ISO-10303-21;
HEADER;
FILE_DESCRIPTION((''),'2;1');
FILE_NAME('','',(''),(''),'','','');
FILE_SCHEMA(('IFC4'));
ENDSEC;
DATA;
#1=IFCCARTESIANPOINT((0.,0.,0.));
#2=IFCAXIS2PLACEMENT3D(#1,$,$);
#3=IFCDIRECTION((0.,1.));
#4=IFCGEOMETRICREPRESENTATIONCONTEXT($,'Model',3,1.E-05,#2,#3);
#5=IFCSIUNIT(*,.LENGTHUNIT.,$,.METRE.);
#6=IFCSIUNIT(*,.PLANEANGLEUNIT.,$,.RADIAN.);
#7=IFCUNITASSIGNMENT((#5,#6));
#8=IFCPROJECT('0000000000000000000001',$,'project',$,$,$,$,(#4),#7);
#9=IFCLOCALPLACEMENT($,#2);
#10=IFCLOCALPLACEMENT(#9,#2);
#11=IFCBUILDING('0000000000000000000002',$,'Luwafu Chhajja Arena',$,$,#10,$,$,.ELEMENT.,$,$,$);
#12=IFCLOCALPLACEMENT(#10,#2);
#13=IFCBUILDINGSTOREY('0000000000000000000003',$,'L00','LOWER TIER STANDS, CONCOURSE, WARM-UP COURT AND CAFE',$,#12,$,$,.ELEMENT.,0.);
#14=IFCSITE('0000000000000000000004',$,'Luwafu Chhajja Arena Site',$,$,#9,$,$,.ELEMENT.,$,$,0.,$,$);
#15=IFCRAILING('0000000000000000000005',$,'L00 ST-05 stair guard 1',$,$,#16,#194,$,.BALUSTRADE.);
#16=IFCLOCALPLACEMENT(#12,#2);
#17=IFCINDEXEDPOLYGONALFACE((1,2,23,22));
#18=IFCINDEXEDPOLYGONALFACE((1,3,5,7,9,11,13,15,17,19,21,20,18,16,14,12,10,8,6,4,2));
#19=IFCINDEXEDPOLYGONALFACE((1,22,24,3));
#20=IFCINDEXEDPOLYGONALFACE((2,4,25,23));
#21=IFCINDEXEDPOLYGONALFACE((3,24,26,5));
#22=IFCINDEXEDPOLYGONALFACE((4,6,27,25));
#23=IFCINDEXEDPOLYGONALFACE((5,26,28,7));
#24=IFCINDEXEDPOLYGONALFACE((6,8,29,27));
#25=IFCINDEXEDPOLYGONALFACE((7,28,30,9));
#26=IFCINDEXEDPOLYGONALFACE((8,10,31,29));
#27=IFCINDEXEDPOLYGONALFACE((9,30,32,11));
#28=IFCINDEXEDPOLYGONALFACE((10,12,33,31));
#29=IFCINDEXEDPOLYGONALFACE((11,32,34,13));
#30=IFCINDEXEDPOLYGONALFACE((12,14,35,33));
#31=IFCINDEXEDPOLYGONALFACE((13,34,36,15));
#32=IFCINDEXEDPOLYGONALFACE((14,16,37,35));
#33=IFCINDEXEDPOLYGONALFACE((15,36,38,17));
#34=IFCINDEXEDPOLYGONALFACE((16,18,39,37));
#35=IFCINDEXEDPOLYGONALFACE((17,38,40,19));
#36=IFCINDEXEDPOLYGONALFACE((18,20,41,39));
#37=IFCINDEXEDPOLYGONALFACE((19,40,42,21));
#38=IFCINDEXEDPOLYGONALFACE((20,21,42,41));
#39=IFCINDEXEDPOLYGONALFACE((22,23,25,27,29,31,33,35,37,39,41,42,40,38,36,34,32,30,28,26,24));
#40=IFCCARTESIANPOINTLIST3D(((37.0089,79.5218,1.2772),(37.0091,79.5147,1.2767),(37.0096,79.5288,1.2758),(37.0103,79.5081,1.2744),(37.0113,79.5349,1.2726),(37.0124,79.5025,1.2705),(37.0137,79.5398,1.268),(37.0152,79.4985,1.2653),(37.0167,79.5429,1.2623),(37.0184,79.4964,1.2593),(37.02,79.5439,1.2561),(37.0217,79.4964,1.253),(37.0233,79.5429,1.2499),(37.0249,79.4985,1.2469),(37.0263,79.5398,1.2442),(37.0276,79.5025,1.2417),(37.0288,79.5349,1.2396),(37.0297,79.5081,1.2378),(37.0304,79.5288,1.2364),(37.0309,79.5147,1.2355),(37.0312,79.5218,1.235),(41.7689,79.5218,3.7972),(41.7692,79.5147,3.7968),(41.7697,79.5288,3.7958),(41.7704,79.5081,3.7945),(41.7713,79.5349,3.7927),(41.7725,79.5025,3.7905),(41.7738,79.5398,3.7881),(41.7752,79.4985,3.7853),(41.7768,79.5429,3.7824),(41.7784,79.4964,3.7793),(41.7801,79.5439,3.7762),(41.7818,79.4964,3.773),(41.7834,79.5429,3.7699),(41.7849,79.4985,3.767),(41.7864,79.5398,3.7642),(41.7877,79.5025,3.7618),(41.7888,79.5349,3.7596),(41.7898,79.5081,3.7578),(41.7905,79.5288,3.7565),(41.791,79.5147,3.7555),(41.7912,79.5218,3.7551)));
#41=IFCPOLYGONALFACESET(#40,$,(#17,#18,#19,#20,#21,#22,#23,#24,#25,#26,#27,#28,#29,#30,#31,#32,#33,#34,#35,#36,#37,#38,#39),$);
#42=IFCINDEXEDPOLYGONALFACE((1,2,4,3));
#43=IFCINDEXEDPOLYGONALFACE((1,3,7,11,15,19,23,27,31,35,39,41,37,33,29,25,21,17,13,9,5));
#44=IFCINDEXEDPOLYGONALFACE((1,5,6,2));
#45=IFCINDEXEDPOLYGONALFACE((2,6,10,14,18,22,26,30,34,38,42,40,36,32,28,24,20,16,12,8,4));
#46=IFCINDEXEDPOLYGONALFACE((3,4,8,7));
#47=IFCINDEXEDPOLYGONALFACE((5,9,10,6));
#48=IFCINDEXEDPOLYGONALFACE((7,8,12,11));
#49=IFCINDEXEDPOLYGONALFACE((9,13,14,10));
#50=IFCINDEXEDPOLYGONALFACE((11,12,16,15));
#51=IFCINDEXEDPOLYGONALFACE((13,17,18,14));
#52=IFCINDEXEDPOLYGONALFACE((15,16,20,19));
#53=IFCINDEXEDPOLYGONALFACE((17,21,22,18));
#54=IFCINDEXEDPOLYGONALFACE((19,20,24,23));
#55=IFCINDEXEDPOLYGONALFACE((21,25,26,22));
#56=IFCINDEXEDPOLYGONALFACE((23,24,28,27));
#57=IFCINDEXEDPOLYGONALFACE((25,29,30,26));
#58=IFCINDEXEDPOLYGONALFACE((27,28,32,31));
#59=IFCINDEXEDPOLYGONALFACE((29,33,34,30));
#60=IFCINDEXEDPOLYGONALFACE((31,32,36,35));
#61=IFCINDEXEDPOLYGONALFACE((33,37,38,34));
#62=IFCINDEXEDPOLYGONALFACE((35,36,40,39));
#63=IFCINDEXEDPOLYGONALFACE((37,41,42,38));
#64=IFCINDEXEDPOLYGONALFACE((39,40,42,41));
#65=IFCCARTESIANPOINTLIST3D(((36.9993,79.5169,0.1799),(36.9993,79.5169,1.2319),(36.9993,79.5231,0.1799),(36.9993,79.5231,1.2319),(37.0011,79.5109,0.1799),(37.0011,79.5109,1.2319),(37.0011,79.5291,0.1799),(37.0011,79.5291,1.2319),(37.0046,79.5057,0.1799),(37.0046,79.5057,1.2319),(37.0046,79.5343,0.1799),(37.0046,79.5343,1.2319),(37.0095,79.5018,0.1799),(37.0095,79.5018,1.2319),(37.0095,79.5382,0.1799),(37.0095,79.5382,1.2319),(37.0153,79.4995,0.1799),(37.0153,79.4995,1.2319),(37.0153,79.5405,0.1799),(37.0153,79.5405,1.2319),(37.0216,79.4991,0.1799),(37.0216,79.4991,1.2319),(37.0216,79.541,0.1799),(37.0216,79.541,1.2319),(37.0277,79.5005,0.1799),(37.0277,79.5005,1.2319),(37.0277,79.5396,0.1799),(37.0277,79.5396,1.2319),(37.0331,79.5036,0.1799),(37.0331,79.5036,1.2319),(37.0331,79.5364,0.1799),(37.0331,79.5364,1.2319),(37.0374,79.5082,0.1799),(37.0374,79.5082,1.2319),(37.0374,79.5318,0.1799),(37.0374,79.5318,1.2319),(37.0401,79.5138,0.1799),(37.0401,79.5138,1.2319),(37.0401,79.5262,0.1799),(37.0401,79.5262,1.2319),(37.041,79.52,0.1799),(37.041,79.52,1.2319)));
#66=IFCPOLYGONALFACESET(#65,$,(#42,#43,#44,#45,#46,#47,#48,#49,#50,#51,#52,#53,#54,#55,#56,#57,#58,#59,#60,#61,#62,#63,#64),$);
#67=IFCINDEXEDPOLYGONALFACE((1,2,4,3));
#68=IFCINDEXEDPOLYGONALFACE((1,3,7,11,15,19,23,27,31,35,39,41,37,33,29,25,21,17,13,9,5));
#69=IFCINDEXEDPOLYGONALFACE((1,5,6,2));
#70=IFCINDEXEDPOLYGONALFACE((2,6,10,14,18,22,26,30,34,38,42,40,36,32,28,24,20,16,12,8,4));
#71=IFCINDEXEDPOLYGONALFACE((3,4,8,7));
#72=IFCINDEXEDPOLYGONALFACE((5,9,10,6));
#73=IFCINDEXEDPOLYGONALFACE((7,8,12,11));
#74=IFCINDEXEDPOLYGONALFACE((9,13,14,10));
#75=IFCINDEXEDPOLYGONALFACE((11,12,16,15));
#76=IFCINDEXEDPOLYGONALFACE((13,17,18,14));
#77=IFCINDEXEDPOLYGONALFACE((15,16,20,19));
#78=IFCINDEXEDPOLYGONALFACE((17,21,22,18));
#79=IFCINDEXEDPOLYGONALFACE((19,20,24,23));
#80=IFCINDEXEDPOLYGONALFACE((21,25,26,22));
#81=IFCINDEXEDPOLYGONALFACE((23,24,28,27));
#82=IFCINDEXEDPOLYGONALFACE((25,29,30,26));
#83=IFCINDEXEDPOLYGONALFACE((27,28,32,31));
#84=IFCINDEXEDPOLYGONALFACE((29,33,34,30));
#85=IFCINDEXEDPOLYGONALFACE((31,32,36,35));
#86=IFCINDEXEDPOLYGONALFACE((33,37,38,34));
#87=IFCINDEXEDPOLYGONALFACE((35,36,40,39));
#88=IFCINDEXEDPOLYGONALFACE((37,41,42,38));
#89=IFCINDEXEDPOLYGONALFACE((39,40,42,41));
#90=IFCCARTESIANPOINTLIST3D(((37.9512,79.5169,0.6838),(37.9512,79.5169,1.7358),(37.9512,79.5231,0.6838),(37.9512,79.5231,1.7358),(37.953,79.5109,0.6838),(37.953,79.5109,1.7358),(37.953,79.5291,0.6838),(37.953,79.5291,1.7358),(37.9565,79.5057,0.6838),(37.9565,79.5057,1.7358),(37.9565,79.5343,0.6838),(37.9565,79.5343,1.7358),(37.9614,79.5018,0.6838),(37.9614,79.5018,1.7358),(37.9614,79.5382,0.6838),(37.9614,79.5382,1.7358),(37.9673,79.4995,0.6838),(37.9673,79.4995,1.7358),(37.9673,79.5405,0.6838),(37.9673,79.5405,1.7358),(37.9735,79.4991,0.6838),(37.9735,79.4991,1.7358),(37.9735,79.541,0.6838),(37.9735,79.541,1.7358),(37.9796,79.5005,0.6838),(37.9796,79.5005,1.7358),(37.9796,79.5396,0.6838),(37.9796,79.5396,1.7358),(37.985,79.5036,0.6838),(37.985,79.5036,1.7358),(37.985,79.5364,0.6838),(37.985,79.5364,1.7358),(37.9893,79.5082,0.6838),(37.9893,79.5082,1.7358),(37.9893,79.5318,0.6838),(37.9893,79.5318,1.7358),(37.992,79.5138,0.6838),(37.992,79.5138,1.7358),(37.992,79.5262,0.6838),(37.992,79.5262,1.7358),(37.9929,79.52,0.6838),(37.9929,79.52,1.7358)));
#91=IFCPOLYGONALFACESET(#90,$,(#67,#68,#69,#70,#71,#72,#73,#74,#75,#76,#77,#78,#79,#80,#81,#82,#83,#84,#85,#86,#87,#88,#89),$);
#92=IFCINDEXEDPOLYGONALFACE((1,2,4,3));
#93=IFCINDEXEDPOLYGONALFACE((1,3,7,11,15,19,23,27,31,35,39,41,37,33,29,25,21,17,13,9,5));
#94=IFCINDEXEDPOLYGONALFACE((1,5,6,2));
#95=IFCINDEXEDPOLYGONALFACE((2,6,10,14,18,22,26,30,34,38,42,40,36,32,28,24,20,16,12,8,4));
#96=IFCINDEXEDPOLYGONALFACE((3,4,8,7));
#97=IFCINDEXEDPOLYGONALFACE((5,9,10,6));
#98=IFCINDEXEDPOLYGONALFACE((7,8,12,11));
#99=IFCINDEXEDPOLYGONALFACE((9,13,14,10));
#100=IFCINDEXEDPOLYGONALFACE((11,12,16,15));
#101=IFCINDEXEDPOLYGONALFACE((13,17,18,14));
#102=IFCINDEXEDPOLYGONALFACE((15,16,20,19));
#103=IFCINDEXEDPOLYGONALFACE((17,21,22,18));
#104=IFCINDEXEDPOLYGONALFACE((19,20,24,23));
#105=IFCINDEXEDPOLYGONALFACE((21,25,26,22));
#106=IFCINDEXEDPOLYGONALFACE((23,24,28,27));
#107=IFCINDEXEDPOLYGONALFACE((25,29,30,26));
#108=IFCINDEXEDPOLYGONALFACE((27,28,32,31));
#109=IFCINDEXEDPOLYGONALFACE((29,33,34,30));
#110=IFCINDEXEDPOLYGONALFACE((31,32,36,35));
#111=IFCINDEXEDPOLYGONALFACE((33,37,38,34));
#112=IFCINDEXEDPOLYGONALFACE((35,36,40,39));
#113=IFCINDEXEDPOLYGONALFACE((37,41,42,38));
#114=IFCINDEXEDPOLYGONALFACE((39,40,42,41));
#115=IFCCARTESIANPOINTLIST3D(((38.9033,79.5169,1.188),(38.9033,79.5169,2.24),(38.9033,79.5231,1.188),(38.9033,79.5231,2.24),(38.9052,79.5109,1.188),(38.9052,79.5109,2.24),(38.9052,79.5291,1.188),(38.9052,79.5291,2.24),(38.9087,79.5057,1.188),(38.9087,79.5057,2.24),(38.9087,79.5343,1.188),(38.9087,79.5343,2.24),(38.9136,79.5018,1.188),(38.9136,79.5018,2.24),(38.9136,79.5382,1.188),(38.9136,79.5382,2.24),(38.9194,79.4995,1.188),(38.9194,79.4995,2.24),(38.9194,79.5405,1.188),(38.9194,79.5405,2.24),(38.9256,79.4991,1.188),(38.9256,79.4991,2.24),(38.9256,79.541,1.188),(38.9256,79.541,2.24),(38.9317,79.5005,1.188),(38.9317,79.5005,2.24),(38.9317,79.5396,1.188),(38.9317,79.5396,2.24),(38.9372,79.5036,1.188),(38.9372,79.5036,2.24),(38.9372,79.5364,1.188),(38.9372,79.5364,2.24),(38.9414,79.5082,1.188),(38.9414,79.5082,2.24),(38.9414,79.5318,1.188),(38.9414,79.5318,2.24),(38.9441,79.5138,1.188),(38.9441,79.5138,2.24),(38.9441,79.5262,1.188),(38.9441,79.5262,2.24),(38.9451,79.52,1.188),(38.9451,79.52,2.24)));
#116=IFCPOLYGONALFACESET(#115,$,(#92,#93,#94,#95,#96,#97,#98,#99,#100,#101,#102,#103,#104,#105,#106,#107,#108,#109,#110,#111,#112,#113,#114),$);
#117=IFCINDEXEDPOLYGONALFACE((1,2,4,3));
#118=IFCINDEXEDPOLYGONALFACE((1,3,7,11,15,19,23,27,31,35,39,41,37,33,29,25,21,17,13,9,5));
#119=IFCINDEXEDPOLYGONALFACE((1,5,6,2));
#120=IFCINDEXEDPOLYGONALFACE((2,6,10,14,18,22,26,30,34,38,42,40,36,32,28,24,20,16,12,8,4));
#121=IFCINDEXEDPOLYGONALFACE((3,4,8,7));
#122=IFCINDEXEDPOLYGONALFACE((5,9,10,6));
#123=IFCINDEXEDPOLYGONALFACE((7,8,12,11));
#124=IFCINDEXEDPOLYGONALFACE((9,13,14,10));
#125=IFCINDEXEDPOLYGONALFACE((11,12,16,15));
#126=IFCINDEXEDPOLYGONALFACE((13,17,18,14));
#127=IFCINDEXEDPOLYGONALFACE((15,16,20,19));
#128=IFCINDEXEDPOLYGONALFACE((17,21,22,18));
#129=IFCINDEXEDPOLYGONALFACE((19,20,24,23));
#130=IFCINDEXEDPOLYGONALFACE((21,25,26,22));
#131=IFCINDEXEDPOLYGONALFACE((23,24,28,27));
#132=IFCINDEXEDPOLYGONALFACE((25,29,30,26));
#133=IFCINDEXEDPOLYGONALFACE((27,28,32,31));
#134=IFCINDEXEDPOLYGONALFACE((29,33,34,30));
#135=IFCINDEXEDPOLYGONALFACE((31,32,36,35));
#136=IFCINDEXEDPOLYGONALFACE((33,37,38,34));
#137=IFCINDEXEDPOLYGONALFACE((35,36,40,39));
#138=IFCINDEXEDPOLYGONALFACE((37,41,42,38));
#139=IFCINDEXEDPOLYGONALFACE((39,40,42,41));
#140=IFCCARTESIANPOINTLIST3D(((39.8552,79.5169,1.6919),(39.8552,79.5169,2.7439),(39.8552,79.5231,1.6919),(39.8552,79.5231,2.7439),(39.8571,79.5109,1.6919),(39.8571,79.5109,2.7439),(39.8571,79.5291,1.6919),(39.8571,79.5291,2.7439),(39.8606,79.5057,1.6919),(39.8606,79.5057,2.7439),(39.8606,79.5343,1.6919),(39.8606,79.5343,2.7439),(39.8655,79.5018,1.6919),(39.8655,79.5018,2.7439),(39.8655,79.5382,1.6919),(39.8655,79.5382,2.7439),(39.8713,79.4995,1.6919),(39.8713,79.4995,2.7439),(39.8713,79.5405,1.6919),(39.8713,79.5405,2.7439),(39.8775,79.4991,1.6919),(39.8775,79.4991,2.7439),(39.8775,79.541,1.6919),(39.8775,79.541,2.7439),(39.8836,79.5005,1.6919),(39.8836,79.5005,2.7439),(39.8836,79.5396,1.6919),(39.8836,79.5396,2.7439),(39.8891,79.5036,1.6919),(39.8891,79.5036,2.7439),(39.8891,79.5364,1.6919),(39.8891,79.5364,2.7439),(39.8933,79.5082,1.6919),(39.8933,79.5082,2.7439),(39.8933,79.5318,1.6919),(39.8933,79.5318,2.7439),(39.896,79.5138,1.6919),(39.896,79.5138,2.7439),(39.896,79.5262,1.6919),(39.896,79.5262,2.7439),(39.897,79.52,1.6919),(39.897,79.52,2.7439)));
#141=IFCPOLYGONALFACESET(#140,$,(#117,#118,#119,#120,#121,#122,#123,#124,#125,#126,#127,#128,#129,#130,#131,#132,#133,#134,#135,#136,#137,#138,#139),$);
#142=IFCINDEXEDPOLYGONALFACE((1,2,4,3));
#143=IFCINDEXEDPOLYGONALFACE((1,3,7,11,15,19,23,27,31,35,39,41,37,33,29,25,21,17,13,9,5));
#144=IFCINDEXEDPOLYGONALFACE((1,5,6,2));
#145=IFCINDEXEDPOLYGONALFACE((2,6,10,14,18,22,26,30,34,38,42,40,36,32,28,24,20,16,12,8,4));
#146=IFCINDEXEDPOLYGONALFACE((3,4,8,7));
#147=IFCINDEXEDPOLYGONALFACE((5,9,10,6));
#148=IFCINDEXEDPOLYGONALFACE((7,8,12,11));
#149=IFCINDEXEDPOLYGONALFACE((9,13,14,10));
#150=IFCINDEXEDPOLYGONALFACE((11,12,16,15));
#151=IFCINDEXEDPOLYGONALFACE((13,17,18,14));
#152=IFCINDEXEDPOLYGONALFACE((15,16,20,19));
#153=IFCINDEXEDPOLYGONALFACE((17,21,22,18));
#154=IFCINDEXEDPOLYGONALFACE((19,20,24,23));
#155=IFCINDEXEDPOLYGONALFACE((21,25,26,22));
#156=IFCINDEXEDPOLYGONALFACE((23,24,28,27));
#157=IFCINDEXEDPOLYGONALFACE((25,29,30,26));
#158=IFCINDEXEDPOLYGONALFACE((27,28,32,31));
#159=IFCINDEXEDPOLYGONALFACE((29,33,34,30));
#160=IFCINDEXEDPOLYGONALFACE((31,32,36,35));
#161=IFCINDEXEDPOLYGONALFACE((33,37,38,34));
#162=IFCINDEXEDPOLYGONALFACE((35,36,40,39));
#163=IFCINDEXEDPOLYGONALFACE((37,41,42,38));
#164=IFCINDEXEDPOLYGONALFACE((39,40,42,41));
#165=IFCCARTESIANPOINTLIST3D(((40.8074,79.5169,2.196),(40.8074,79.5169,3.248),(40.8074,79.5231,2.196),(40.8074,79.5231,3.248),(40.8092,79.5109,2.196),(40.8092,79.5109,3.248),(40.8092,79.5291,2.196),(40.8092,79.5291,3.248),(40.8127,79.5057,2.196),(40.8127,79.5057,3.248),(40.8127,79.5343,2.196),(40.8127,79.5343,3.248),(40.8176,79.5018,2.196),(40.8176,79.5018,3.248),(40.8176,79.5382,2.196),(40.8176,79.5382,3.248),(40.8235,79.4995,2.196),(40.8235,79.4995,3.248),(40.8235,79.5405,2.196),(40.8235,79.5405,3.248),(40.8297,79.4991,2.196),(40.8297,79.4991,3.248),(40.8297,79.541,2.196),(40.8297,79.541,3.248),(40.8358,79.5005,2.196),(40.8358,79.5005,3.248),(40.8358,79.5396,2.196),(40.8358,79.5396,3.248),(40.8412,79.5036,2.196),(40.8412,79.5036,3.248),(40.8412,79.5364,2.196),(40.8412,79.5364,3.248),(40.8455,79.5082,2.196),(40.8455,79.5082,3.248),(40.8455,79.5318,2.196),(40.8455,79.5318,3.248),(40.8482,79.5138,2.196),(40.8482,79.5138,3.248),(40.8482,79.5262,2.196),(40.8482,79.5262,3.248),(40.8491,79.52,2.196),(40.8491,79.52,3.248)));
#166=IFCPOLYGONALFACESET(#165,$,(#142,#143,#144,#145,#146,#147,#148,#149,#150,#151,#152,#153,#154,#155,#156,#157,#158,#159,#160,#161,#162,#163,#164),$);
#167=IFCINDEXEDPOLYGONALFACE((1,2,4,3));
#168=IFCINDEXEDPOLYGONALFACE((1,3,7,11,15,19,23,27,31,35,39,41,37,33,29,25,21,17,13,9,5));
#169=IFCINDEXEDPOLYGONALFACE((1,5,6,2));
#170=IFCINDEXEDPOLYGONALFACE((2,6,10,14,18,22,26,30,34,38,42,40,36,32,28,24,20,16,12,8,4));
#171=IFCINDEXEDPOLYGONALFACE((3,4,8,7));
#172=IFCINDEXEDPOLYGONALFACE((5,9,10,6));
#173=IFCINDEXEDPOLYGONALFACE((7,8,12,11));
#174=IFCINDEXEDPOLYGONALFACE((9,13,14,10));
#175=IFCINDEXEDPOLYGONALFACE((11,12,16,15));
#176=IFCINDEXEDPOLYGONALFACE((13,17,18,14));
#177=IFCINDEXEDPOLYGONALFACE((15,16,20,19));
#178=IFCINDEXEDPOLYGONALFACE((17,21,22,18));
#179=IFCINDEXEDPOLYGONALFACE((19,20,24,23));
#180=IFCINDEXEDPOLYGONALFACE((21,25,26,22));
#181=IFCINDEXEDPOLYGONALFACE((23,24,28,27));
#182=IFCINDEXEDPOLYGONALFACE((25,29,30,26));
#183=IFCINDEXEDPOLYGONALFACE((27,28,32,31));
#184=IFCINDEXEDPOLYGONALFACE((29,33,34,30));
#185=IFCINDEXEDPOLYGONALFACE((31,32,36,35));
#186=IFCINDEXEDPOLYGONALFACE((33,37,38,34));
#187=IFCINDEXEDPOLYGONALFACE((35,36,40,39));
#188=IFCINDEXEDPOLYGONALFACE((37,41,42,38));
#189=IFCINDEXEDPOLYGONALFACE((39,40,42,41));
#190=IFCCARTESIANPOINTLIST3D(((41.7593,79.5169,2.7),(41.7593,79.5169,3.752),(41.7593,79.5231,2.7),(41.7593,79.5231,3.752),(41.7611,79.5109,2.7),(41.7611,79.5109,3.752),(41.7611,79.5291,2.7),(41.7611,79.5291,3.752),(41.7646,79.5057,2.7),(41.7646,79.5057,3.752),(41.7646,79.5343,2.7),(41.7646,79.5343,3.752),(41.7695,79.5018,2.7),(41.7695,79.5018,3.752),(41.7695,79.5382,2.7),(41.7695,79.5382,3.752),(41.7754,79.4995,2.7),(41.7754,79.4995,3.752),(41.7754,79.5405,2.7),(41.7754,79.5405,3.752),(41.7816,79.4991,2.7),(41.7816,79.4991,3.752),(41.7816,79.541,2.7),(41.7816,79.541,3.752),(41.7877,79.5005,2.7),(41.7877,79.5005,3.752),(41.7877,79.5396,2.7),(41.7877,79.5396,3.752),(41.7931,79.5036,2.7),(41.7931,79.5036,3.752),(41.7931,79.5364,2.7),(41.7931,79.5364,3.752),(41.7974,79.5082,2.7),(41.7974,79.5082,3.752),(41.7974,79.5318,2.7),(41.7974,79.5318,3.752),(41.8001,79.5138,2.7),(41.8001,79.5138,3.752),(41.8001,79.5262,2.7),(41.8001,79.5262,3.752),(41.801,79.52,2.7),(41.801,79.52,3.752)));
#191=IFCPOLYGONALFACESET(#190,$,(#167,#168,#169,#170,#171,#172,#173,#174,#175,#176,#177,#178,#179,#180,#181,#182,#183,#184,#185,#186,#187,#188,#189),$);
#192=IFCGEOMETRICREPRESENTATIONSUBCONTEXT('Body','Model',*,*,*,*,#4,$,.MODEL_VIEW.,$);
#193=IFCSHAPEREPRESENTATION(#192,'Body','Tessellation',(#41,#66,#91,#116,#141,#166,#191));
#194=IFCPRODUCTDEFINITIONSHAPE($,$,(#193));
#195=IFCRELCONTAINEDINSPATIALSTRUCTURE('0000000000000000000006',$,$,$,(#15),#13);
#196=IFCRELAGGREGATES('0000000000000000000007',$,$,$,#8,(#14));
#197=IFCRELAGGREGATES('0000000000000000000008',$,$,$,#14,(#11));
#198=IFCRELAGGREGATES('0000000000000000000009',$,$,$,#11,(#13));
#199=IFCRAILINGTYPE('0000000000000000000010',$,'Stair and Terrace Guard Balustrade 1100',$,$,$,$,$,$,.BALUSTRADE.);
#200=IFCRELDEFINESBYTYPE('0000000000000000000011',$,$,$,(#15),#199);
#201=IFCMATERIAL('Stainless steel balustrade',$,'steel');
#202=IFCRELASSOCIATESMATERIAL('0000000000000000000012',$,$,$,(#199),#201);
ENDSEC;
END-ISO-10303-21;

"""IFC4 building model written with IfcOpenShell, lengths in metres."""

from ifc_helpers import new_model, si_unit, direction, frame, origin, origin_2d, place, context, subcontext, project, spatial, circle, extrude, material, type_object, element, save


model = new_model("IFC4")

# Units and contexts
model_context = context("Model", 3, precision=1e-05, world=origin(), true_north=direction((0.0, 1.0)))
body_context = subcontext(model_context, "Body", "Model", "MODEL_VIEW")
ifc_project = project(units=[si_unit("LENGTHUNIT", "METRE"), si_unit("PLANEANGLEUNIT", "RADIAN")], contexts=[model_context])

# Site, building, storey
site_placement = place(None, origin())
site = spatial("IfcSite", under=ifc_project, at=site_placement, Name="Luwafu Chhajja Arena Site", CompositionType="ELEMENT", RefElevation=0.0)
building_placement = place(site_placement, origin())
building = spatial("IfcBuilding", under=site, at=building_placement, Name="Luwafu Chhajja Arena", CompositionType="ELEMENT")
storey_placement = place(building_placement, origin())
storey = spatial("IfcBuildingStorey", under=building, at=storey_placement, Name="L00", Description="LOWER TIER STANDS, CONCOURSE, WARM-UP COURT AND CAFE", CompositionType="ELEMENT", Elevation=0.0)

# Railing
ifc_material_1 = material(Name="Stainless steel balustrade", Category="steel")
railing_type_1 = type_object("IfcRailingType", Name="Stair and Terrace Guard Balustrade 1100", PredefinedType="BALUSTRADE", material=ifc_material_1)
railing_1_placement = place(storey_placement, frame((37.02, 79.52, 0.1799)))
element("IfcRailing", 1, at=railing_1_placement, inside=storey, type_object=railing_type_1, Name="L00 ST-05 stair guard 1", PredefinedType="BALUSTRADE", context=body_context, shape_type="SweptSolid", body=[
    extrude(circle(Radius=0.0239, at=origin_2d()), frame((0.0, 0.0, 1.0762), z_axis=(0.883787, 0.0, 0.46789), x_axis=(0.0, 1.0, 0.0)), (0.0, 0.0, 1.0), 5.386),
    extrude(circle(Radius=0.021, at=origin_2d()), origin(), (0.0, 0.0, 1.0), 1.052),
    extrude(circle(Radius=0.021, at=origin_2d()), frame((0.9519, 0.0, 0.5039)), (0.0, 0.0, 1.0), 1.052),
    extrude(circle(Radius=0.021, at=origin_2d()), frame((1.9041, 0.0, 1.0081)), (0.0, 0.0, 1.0), 1.052),
    extrude(circle(Radius=0.021, at=origin_2d()), frame((2.856, 0.0, 1.512)), (0.0, 0.0, 1.0), 1.052),
    extrude(circle(Radius=0.021, at=origin_2d()), frame((3.8081, 0.0, 2.0161)), (0.0, 0.0, 1.0), 1.052),
    extrude(circle(Radius=0.021, at=origin_2d()), frame((4.76, 0.0, 2.52)), (0.0, 0.0, 1.0), 1.052),
])

save(model, "model.ifc")
